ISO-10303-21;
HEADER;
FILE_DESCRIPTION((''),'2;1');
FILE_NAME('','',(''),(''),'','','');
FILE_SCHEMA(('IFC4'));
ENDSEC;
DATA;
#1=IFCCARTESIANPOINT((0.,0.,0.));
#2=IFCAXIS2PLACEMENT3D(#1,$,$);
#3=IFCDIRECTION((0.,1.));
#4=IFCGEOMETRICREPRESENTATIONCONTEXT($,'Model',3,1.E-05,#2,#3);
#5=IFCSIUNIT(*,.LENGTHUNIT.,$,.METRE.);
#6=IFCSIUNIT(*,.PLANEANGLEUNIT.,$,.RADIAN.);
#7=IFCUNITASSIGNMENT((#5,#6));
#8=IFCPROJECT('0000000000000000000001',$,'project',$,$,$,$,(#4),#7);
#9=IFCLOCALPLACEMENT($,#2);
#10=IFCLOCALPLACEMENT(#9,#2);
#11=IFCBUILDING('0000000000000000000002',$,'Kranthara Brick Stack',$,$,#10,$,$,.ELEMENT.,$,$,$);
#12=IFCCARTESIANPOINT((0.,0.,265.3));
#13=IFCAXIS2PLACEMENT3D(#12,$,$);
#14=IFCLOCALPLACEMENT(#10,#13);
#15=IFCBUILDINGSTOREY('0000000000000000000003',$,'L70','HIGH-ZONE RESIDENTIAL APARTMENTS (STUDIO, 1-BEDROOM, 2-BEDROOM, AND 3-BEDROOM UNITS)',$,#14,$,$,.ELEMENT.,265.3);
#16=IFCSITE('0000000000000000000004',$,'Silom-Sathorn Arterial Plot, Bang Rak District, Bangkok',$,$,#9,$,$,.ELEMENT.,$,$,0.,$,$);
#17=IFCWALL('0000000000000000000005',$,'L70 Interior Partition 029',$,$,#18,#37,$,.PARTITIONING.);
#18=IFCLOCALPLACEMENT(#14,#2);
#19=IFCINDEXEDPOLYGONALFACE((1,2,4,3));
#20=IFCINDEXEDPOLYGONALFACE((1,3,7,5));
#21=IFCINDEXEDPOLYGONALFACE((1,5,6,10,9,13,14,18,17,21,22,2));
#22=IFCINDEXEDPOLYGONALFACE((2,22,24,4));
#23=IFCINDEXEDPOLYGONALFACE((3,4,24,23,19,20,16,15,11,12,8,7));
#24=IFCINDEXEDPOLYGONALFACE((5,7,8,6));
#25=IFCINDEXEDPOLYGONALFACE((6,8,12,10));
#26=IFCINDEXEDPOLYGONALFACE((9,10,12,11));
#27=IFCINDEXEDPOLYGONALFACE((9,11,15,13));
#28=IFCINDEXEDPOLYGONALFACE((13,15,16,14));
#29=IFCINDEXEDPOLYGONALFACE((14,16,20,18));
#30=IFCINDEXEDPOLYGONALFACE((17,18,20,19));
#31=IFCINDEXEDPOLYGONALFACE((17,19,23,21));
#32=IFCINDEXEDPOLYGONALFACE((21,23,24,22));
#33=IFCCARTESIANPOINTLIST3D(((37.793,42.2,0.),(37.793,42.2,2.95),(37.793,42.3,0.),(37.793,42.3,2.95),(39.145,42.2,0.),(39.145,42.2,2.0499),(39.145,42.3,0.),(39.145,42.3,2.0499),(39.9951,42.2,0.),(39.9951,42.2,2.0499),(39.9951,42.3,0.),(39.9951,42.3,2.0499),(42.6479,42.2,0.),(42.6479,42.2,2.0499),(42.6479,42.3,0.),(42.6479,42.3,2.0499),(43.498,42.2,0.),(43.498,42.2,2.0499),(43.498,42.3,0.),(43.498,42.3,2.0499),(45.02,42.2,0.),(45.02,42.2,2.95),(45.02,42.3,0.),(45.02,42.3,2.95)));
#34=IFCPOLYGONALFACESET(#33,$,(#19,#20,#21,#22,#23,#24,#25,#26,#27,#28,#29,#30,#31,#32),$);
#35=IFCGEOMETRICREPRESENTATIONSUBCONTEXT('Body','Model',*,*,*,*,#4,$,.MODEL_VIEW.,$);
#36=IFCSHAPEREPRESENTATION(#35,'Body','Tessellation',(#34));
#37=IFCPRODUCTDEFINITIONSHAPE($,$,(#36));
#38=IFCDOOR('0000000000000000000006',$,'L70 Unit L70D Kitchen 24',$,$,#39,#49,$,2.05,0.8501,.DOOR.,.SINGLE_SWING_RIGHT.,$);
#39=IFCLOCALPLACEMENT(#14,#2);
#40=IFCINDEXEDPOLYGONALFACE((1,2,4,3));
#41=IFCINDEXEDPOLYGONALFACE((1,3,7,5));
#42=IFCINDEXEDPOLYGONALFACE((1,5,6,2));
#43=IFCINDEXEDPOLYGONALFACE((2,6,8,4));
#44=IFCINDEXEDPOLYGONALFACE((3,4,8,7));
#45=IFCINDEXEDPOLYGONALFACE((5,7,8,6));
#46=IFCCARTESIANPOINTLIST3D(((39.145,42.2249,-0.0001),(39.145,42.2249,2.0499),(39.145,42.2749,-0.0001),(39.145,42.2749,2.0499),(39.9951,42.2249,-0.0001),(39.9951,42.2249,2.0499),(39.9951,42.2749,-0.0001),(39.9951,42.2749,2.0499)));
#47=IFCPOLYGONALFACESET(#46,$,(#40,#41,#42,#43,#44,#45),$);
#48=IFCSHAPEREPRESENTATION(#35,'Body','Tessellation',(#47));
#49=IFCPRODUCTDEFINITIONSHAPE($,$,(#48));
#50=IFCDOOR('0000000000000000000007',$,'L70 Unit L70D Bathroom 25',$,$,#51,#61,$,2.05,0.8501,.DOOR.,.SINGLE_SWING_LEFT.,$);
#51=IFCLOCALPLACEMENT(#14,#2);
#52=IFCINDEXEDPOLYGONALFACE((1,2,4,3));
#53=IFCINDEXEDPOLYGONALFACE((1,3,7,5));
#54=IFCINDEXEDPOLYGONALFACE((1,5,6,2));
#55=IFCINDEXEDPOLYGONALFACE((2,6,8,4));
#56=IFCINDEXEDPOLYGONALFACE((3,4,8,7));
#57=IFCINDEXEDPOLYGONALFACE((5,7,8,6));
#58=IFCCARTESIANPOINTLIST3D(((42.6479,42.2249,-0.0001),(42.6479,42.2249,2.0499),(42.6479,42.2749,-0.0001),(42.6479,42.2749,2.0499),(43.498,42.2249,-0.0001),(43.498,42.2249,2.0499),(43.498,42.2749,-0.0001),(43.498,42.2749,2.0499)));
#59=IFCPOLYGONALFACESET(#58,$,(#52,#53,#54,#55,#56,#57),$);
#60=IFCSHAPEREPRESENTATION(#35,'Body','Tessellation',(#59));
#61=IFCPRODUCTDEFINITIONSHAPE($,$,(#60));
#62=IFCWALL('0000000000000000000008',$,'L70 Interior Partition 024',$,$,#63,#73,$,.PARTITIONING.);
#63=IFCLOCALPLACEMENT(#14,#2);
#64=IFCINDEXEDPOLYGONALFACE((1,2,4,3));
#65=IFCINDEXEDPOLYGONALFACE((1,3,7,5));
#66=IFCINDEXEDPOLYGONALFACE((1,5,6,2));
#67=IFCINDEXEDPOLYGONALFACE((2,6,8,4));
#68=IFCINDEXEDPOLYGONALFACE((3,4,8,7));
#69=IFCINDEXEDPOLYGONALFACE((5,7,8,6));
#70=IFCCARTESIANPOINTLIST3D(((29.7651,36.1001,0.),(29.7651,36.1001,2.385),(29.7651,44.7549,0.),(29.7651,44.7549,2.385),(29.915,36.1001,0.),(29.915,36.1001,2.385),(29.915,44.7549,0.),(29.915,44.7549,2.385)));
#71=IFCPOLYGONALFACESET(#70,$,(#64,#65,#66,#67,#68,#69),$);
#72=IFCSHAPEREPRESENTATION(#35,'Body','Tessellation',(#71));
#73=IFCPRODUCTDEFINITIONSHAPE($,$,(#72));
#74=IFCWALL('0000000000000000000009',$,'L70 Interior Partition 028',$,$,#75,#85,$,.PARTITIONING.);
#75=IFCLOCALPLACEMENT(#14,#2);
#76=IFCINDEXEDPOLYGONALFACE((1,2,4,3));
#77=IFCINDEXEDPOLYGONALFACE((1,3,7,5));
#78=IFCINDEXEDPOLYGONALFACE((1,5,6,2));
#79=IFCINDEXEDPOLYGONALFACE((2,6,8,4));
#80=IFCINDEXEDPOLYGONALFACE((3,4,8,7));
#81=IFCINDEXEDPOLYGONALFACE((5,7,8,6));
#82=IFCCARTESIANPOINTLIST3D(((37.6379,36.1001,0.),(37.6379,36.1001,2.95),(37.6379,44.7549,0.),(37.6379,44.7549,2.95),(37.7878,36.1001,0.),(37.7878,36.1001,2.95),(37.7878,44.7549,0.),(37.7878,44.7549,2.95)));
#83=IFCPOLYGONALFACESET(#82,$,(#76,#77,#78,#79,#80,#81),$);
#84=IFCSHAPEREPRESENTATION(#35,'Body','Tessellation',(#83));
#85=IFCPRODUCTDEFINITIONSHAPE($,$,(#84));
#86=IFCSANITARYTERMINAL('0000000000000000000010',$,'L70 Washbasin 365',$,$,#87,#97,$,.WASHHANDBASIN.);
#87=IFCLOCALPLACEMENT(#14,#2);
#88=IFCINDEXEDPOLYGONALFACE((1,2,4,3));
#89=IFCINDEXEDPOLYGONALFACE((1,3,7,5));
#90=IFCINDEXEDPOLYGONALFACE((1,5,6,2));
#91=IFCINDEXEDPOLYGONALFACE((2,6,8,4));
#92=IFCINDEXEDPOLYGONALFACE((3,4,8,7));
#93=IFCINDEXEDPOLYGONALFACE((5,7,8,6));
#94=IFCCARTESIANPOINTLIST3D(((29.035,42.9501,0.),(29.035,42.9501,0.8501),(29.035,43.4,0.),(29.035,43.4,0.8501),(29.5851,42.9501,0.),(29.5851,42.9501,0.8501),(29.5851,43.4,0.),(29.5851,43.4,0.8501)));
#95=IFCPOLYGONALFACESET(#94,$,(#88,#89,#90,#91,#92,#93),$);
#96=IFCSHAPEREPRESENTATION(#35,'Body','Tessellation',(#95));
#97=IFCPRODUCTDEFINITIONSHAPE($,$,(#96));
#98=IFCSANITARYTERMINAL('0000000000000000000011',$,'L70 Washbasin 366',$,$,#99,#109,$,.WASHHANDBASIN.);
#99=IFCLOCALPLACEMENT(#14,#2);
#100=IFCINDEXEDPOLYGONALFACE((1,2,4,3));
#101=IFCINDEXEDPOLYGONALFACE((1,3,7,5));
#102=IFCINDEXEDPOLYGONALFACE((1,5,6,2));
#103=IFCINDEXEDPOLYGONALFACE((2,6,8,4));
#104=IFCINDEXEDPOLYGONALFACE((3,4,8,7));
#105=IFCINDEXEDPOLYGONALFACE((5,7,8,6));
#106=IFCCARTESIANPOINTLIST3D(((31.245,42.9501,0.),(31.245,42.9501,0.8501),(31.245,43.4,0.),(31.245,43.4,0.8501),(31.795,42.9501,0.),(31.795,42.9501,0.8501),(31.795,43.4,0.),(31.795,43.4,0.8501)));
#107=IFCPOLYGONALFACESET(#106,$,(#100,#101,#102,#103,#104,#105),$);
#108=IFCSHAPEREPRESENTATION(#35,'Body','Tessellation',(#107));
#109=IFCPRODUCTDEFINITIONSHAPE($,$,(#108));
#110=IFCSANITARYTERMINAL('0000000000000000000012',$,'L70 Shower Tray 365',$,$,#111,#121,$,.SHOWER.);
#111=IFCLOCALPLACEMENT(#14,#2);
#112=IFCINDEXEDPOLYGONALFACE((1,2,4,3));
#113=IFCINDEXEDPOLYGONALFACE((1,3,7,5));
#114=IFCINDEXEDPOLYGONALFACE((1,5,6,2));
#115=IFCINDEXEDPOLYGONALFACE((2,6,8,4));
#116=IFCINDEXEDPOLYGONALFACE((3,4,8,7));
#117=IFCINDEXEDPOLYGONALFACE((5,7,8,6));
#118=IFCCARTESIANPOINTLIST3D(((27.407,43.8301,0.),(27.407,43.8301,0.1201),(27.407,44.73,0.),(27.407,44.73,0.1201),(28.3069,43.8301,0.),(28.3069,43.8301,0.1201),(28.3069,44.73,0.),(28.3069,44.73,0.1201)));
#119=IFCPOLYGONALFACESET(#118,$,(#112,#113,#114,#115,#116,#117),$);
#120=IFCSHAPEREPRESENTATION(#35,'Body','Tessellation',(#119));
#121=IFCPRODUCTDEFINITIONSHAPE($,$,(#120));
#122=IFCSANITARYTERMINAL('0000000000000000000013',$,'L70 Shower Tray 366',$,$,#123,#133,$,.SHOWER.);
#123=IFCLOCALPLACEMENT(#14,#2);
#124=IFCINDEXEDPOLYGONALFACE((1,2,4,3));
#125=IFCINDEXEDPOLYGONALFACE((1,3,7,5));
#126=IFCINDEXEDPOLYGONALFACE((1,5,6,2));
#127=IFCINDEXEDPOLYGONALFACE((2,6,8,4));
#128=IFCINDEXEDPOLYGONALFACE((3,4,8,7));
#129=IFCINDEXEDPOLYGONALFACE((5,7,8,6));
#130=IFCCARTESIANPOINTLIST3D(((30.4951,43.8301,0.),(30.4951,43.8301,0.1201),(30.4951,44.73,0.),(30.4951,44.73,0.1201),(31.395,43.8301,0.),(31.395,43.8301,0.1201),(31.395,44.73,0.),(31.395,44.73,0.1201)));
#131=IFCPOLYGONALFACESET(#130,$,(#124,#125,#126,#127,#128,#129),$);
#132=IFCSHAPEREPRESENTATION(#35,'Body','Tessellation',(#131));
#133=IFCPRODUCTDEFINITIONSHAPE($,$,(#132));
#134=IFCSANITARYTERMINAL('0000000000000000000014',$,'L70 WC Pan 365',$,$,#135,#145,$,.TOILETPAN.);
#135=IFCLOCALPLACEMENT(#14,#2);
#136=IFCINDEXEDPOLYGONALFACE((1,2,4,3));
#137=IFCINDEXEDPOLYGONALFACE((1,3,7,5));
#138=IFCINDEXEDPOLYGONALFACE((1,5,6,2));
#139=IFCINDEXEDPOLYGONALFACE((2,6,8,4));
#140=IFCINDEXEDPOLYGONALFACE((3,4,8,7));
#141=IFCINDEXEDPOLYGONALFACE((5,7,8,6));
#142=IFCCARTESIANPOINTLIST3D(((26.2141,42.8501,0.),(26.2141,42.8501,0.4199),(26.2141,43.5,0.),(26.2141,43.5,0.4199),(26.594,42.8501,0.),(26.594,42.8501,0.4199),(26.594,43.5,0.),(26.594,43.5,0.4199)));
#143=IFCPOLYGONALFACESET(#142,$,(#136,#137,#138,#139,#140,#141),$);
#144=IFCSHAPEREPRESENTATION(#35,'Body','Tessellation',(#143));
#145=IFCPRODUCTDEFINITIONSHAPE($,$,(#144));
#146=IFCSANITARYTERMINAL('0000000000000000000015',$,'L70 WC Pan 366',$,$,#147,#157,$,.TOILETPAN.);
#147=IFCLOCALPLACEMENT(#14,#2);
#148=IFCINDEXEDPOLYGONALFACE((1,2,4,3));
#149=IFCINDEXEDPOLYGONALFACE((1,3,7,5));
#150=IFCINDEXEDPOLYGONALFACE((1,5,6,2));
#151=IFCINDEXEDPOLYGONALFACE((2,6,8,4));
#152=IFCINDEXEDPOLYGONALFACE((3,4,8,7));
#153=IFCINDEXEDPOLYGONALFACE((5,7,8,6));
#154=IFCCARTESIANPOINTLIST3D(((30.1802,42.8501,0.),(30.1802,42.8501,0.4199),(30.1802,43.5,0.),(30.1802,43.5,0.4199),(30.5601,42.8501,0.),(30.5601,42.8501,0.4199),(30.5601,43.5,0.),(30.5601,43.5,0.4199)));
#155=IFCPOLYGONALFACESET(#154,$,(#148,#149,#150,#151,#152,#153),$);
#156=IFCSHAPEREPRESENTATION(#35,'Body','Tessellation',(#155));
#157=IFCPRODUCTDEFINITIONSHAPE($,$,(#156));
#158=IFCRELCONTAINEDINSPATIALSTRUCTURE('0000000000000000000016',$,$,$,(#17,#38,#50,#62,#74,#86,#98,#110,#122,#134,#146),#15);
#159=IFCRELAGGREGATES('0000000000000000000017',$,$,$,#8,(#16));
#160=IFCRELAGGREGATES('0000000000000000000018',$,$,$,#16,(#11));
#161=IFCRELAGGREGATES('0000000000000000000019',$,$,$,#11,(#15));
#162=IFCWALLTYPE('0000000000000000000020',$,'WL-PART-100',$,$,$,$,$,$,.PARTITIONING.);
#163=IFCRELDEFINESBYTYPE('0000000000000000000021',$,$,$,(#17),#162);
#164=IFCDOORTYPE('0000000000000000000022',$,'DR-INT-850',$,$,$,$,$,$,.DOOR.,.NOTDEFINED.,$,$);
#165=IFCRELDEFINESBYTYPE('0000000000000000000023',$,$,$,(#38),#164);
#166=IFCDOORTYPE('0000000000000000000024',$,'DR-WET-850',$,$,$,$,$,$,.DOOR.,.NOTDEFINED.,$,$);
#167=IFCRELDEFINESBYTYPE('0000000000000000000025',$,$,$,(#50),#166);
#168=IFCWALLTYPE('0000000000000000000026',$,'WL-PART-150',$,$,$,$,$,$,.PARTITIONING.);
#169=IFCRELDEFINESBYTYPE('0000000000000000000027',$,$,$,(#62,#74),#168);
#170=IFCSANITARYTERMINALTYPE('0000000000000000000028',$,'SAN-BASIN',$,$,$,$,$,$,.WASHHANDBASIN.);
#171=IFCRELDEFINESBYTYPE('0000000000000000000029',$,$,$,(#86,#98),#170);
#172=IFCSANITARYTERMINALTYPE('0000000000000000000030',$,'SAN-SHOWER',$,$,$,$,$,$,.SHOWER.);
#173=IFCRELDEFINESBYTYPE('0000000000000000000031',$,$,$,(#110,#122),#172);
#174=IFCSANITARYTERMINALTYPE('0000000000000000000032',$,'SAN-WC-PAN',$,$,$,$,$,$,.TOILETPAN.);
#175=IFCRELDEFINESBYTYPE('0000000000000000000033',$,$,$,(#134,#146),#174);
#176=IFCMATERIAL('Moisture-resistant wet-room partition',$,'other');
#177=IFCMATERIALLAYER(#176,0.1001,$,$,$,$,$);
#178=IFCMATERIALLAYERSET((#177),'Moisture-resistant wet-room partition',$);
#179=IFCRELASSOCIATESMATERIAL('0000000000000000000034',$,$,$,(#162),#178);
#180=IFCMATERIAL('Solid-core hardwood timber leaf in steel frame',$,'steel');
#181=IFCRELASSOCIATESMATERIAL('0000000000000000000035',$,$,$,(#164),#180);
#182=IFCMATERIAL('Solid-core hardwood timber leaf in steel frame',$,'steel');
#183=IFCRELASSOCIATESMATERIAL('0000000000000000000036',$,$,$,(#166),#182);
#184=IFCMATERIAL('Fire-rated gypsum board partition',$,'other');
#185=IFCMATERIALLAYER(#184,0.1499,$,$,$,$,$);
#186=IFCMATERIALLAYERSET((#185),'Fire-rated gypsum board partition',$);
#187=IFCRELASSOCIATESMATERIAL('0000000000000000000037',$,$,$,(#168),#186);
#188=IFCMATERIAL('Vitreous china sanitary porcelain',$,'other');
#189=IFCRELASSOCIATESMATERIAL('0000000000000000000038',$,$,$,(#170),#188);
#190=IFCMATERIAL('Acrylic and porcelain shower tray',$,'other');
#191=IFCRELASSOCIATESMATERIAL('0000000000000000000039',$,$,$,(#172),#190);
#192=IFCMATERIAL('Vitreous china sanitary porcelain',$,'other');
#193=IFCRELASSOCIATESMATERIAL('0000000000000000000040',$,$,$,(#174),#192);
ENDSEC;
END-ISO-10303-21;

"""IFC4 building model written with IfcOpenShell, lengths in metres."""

from ifc_helpers import new_model, si_unit, direction, frame, frame_2d, origin, origin_2d, place, context, subcontext, project, spatial, rectangle, extrude, material, layer, layer_set, type_object, element, fill, save


model = new_model("IFC4")

# Units and contexts
model_context = context("Model", 3, precision=1e-05, world=origin(), true_north=direction((0.0, 1.0)))
body_context = subcontext(model_context, "Body", "Model", "MODEL_VIEW")
ifc_project = project(units=[si_unit("LENGTHUNIT", "METRE"), si_unit("PLANEANGLEUNIT", "RADIAN")], contexts=[model_context])

# Site, building, storey
site_placement = place(None, origin())
site = spatial("IfcSite", under=ifc_project, at=site_placement, Name="Silom-Sathorn Arterial Plot, Bang Rak District, Bangkok", CompositionType="ELEMENT", RefElevation=0.0)
building_placement = place(site_placement, origin())
building = spatial("IfcBuilding", under=site, at=building_placement, Name="Kranthara Brick Stack", CompositionType="ELEMENT")
storey_placement = place(building_placement, frame((0.0, 0.0, 265.3)))
storey = spatial("IfcBuildingStorey", under=building, at=storey_placement, Name="L70", Description="HIGH-ZONE RESIDENTIAL APARTMENTS (STUDIO, 1-BEDROOM, 2-BEDROOM, AND 3-BEDROOM UNITS)", CompositionType="ELEMENT", Elevation=265.3)

# Shared definitions
ifc_material_1 = material(Name="Moisture-resistant wet-room partition", Category="other")
ifc_layer_1 = layer(ifc_material_1, 0.1001)
ifc_layer_set_1 = layer_set([ifc_layer_1], Name="Moisture-resistant wet-room partition")
wall_type_1 = type_object("IfcWallType", Name="WL-PART-100", PredefinedType="PARTITIONING", material=ifc_layer_set_1)
ifc_material_2 = material(Name="Solid-core hardwood timber leaf in steel frame", Category="steel")
door_type_1 = type_object("IfcDoorType", Name="DR-INT-850", OperationType="NOTDEFINED", PredefinedType="DOOR", material=ifc_material_2)
ifc_material_3 = material(Name="Solid-core hardwood timber leaf in steel frame", Category="steel")
door_type_2 = type_object("IfcDoorType", Name="DR-WET-850", OperationType="NOTDEFINED", PredefinedType="DOOR", material=ifc_material_3)

# Wall, openings, doors
wall_1_placement = place(storey_placement, frame((37.793, 42.25, 0.0), z_axis=(0.0, 0.0, 1.0), x_axis=(1.0, 0.0, 0.0)))
wall_1 = element("IfcWall", 1, at=wall_1_placement, inside=storey, type_object=wall_type_1, Name="L70 Interior Partition 029", PredefinedType="PARTITIONING", context=body_context, shape_type="SweptSolid", body=[
    extrude(rectangle(XDim=7.2271, YDim=0.1001, at=frame_2d((3.6135, 0.0))), origin(), (0.0, 0.0, 1.0), 2.95),
])
opening_1_placement = place(wall_1_placement, frame((1.3521, 0.0, 0.0)))
opening_1 = element("IfcOpeningElement", 2, at=opening_1_placement, cuts=wall_1, PredefinedType="OPENING", context=body_context, shape_type="SweptSolid", body=[
    extrude(rectangle(XDim=0.8501, YDim=2.05, at=frame_2d((0.425, 1.0249))), frame((0.0, 0.0601, 0.0), z_axis=(0.0, -1.0, 0.0), x_axis=(1.0, 0.0, 0.0)), (0.0, 0.0, 1.0), 0.1201),
])
opening_2_placement = place(wall_1_placement, frame((4.855, 0.0, 0.0)))
opening_2 = element("IfcOpeningElement", 3, at=opening_2_placement, cuts=wall_1, PredefinedType="OPENING", context=body_context, shape_type="SweptSolid", body=[
    extrude(rectangle(XDim=0.8501, YDim=2.05, at=frame_2d((0.425, 1.0249))), frame((0.0, 0.0601, 0.0), z_axis=(0.0, -1.0, 0.0), x_axis=(1.0, 0.0, 0.0)), (0.0, 0.0, 1.0), 0.1201),
])
door_1_placement = place(opening_1_placement, origin())
door_1 = element("IfcDoor", 4, at=door_1_placement, inside=storey, type_object=door_type_1, Name="L70 Unit L70D Kitchen 24", OperationType="SINGLE_SWING_RIGHT", OverallHeight=2.05, OverallWidth=0.8501, PredefinedType="DOOR", context=body_context, shape_type="SweptSolid", body=[
    extrude(rectangle(XDim=0.8501, YDim=2.05, at=frame_2d((0.425, 1.0249))), frame((0.0, 0.0249, 0.0), z_axis=(0.0, -1.0, 0.0), x_axis=(1.0, 0.0, 0.0)), (0.0, 0.0, 1.0), 0.05),
])
fill(opening_1, door_1)
door_2_placement = place(opening_2_placement, origin())
door_2 = element("IfcDoor", 5, at=door_2_placement, inside=storey, type_object=door_type_2, Name="L70 Unit L70D Bathroom 25", OperationType="SINGLE_SWING_LEFT", OverallHeight=2.05, OverallWidth=0.8501, PredefinedType="DOOR", context=body_context, shape_type="SweptSolid", body=[
    extrude(rectangle(XDim=0.8501, YDim=2.05, at=frame_2d((0.425, 1.0249))), frame((0.0, 0.0249, 0.0), z_axis=(0.0, -1.0, 0.0), x_axis=(1.0, 0.0, 0.0)), (0.0, 0.0, 1.0), 0.05),
])
fill(opening_2, door_2)

# Walls
ifc_material_4 = material(Name="Fire-rated gypsum board partition", Category="other")
ifc_layer_2 = layer(ifc_material_4, 0.1499)
ifc_layer_set_2 = layer_set([ifc_layer_2], Name="Fire-rated gypsum board partition")
wall_type_2 = type_object("IfcWallType", Name="WL-PART-150", PredefinedType="PARTITIONING", material=ifc_layer_set_2)
wall_2_placement = place(storey_placement, frame((29.8401, 36.1001, 0.0), z_axis=(0.0, 0.0, 1.0), x_axis=(0.0, 1.0, 0.0)))
element("IfcWall", 6, at=wall_2_placement, inside=storey, type_object=wall_type_2, Name="L70 Interior Partition 024", PredefinedType="PARTITIONING", context=body_context, shape_type="SweptSolid", body=[
    extrude(rectangle(XDim=8.6548, YDim=0.1499, at=frame_2d((4.3274, 0.0))), origin(), (0.0, 0.0, 1.0), 2.385),
])
wall_3_placement = place(storey_placement, frame((37.7129, 36.1001, 0.0), z_axis=(0.0, 0.0, 1.0), x_axis=(0.0, 1.0, 0.0)))
element("IfcWall", 7, at=wall_3_placement, inside=storey, type_object=wall_type_2, Name="L70 Interior Partition 028", PredefinedType="PARTITIONING", context=body_context, shape_type="SweptSolid", body=[
    extrude(rectangle(XDim=8.6548, YDim=0.1499, at=frame_2d((4.3274, 0.0))), origin(), (0.0, 0.0, 1.0), 2.95),
])

# Sanitary terminals
ifc_material_5 = material(Name="Vitreous china sanitary porcelain", Category="other")
sanitary_terminal_type_1 = type_object("IfcSanitaryTerminalType", Name="SAN-BASIN", PredefinedType="WASHHANDBASIN", material=ifc_material_5)
for number, where, z_axis, x_axis, name in (
    (8, (29.3101, 43.175, 0.0), (0.0, 0.0, 1.0), (1.0, 0.0, 0.0), "L70 Washbasin 365"),
    (9, (31.52, 43.175, 0.0), (0.0, 0.0, 1.0), (1.0, 0.0, 0.0), "L70 Washbasin 366"),
):
    element("IfcSanitaryTerminal", number, at=place(storey_placement, frame(where, z_axis=z_axis, x_axis=x_axis)), inside=storey, type_object=sanitary_terminal_type_1, Name=name, PredefinedType="WASHHANDBASIN", context=body_context, shape_type="SweptSolid", body=[
        extrude(rectangle(XDim=0.55, YDim=0.45, at=origin_2d()), origin(), (0.0, 0.0, 1.0), 0.8501),
    ])
ifc_material_6 = material(Name="Acrylic and porcelain shower tray", Category="other")
sanitary_terminal_type_2 = type_object("IfcSanitaryTerminalType", Name="SAN-SHOWER", PredefinedType="SHOWER", material=ifc_material_6)
for number, where, z_axis, x_axis, name in (
    (10, (27.8569, 44.28, 0.0), (0.0, 0.0, 1.0), (1.0, 0.0, 0.0), "L70 Shower Tray 365"),
    (11, (30.9451, 44.28, 0.0), (0.0, 0.0, 1.0), (1.0, 0.0, 0.0), "L70 Shower Tray 366"),
):
    element("IfcSanitaryTerminal", number, at=place(storey_placement, frame(where, z_axis=z_axis, x_axis=x_axis)), inside=storey, type_object=sanitary_terminal_type_2, Name=name, PredefinedType="SHOWER", context=body_context, shape_type="SweptSolid", body=[
        extrude(rectangle(XDim=0.8999, YDim=0.8999, at=origin_2d()), origin(), (0.0, 0.0, 1.0), 0.1201),
    ])
ifc_material_7 = material(Name="Vitreous china sanitary porcelain", Category="other")
sanitary_terminal_type_3 = type_object("IfcSanitaryTerminalType", Name="SAN-WC-PAN", PredefinedType="TOILETPAN", material=ifc_material_7)
for number, where, z_axis, x_axis, name in (
    (12, (26.4041, 43.175, 0.0), (0.0, 0.0, 1.0), (1.0, 0.0, 0.0), "L70 WC Pan 365"),
    (13, (30.3701, 43.175, 0.0), (0.0, 0.0, 1.0), (1.0, 0.0, 0.0), "L70 WC Pan 366"),
):
    element("IfcSanitaryTerminal", number, at=place(storey_placement, frame(where, z_axis=z_axis, x_axis=x_axis)), inside=storey, type_object=sanitary_terminal_type_3, Name=name, PredefinedType="TOILETPAN", context=body_context, shape_type="SweptSolid", body=[
        extrude(rectangle(XDim=0.3799, YDim=0.6499, at=origin_2d()), origin(), (0.0, 0.0, 1.0), 0.4199),
    ])

save(model, "model.ifc")
